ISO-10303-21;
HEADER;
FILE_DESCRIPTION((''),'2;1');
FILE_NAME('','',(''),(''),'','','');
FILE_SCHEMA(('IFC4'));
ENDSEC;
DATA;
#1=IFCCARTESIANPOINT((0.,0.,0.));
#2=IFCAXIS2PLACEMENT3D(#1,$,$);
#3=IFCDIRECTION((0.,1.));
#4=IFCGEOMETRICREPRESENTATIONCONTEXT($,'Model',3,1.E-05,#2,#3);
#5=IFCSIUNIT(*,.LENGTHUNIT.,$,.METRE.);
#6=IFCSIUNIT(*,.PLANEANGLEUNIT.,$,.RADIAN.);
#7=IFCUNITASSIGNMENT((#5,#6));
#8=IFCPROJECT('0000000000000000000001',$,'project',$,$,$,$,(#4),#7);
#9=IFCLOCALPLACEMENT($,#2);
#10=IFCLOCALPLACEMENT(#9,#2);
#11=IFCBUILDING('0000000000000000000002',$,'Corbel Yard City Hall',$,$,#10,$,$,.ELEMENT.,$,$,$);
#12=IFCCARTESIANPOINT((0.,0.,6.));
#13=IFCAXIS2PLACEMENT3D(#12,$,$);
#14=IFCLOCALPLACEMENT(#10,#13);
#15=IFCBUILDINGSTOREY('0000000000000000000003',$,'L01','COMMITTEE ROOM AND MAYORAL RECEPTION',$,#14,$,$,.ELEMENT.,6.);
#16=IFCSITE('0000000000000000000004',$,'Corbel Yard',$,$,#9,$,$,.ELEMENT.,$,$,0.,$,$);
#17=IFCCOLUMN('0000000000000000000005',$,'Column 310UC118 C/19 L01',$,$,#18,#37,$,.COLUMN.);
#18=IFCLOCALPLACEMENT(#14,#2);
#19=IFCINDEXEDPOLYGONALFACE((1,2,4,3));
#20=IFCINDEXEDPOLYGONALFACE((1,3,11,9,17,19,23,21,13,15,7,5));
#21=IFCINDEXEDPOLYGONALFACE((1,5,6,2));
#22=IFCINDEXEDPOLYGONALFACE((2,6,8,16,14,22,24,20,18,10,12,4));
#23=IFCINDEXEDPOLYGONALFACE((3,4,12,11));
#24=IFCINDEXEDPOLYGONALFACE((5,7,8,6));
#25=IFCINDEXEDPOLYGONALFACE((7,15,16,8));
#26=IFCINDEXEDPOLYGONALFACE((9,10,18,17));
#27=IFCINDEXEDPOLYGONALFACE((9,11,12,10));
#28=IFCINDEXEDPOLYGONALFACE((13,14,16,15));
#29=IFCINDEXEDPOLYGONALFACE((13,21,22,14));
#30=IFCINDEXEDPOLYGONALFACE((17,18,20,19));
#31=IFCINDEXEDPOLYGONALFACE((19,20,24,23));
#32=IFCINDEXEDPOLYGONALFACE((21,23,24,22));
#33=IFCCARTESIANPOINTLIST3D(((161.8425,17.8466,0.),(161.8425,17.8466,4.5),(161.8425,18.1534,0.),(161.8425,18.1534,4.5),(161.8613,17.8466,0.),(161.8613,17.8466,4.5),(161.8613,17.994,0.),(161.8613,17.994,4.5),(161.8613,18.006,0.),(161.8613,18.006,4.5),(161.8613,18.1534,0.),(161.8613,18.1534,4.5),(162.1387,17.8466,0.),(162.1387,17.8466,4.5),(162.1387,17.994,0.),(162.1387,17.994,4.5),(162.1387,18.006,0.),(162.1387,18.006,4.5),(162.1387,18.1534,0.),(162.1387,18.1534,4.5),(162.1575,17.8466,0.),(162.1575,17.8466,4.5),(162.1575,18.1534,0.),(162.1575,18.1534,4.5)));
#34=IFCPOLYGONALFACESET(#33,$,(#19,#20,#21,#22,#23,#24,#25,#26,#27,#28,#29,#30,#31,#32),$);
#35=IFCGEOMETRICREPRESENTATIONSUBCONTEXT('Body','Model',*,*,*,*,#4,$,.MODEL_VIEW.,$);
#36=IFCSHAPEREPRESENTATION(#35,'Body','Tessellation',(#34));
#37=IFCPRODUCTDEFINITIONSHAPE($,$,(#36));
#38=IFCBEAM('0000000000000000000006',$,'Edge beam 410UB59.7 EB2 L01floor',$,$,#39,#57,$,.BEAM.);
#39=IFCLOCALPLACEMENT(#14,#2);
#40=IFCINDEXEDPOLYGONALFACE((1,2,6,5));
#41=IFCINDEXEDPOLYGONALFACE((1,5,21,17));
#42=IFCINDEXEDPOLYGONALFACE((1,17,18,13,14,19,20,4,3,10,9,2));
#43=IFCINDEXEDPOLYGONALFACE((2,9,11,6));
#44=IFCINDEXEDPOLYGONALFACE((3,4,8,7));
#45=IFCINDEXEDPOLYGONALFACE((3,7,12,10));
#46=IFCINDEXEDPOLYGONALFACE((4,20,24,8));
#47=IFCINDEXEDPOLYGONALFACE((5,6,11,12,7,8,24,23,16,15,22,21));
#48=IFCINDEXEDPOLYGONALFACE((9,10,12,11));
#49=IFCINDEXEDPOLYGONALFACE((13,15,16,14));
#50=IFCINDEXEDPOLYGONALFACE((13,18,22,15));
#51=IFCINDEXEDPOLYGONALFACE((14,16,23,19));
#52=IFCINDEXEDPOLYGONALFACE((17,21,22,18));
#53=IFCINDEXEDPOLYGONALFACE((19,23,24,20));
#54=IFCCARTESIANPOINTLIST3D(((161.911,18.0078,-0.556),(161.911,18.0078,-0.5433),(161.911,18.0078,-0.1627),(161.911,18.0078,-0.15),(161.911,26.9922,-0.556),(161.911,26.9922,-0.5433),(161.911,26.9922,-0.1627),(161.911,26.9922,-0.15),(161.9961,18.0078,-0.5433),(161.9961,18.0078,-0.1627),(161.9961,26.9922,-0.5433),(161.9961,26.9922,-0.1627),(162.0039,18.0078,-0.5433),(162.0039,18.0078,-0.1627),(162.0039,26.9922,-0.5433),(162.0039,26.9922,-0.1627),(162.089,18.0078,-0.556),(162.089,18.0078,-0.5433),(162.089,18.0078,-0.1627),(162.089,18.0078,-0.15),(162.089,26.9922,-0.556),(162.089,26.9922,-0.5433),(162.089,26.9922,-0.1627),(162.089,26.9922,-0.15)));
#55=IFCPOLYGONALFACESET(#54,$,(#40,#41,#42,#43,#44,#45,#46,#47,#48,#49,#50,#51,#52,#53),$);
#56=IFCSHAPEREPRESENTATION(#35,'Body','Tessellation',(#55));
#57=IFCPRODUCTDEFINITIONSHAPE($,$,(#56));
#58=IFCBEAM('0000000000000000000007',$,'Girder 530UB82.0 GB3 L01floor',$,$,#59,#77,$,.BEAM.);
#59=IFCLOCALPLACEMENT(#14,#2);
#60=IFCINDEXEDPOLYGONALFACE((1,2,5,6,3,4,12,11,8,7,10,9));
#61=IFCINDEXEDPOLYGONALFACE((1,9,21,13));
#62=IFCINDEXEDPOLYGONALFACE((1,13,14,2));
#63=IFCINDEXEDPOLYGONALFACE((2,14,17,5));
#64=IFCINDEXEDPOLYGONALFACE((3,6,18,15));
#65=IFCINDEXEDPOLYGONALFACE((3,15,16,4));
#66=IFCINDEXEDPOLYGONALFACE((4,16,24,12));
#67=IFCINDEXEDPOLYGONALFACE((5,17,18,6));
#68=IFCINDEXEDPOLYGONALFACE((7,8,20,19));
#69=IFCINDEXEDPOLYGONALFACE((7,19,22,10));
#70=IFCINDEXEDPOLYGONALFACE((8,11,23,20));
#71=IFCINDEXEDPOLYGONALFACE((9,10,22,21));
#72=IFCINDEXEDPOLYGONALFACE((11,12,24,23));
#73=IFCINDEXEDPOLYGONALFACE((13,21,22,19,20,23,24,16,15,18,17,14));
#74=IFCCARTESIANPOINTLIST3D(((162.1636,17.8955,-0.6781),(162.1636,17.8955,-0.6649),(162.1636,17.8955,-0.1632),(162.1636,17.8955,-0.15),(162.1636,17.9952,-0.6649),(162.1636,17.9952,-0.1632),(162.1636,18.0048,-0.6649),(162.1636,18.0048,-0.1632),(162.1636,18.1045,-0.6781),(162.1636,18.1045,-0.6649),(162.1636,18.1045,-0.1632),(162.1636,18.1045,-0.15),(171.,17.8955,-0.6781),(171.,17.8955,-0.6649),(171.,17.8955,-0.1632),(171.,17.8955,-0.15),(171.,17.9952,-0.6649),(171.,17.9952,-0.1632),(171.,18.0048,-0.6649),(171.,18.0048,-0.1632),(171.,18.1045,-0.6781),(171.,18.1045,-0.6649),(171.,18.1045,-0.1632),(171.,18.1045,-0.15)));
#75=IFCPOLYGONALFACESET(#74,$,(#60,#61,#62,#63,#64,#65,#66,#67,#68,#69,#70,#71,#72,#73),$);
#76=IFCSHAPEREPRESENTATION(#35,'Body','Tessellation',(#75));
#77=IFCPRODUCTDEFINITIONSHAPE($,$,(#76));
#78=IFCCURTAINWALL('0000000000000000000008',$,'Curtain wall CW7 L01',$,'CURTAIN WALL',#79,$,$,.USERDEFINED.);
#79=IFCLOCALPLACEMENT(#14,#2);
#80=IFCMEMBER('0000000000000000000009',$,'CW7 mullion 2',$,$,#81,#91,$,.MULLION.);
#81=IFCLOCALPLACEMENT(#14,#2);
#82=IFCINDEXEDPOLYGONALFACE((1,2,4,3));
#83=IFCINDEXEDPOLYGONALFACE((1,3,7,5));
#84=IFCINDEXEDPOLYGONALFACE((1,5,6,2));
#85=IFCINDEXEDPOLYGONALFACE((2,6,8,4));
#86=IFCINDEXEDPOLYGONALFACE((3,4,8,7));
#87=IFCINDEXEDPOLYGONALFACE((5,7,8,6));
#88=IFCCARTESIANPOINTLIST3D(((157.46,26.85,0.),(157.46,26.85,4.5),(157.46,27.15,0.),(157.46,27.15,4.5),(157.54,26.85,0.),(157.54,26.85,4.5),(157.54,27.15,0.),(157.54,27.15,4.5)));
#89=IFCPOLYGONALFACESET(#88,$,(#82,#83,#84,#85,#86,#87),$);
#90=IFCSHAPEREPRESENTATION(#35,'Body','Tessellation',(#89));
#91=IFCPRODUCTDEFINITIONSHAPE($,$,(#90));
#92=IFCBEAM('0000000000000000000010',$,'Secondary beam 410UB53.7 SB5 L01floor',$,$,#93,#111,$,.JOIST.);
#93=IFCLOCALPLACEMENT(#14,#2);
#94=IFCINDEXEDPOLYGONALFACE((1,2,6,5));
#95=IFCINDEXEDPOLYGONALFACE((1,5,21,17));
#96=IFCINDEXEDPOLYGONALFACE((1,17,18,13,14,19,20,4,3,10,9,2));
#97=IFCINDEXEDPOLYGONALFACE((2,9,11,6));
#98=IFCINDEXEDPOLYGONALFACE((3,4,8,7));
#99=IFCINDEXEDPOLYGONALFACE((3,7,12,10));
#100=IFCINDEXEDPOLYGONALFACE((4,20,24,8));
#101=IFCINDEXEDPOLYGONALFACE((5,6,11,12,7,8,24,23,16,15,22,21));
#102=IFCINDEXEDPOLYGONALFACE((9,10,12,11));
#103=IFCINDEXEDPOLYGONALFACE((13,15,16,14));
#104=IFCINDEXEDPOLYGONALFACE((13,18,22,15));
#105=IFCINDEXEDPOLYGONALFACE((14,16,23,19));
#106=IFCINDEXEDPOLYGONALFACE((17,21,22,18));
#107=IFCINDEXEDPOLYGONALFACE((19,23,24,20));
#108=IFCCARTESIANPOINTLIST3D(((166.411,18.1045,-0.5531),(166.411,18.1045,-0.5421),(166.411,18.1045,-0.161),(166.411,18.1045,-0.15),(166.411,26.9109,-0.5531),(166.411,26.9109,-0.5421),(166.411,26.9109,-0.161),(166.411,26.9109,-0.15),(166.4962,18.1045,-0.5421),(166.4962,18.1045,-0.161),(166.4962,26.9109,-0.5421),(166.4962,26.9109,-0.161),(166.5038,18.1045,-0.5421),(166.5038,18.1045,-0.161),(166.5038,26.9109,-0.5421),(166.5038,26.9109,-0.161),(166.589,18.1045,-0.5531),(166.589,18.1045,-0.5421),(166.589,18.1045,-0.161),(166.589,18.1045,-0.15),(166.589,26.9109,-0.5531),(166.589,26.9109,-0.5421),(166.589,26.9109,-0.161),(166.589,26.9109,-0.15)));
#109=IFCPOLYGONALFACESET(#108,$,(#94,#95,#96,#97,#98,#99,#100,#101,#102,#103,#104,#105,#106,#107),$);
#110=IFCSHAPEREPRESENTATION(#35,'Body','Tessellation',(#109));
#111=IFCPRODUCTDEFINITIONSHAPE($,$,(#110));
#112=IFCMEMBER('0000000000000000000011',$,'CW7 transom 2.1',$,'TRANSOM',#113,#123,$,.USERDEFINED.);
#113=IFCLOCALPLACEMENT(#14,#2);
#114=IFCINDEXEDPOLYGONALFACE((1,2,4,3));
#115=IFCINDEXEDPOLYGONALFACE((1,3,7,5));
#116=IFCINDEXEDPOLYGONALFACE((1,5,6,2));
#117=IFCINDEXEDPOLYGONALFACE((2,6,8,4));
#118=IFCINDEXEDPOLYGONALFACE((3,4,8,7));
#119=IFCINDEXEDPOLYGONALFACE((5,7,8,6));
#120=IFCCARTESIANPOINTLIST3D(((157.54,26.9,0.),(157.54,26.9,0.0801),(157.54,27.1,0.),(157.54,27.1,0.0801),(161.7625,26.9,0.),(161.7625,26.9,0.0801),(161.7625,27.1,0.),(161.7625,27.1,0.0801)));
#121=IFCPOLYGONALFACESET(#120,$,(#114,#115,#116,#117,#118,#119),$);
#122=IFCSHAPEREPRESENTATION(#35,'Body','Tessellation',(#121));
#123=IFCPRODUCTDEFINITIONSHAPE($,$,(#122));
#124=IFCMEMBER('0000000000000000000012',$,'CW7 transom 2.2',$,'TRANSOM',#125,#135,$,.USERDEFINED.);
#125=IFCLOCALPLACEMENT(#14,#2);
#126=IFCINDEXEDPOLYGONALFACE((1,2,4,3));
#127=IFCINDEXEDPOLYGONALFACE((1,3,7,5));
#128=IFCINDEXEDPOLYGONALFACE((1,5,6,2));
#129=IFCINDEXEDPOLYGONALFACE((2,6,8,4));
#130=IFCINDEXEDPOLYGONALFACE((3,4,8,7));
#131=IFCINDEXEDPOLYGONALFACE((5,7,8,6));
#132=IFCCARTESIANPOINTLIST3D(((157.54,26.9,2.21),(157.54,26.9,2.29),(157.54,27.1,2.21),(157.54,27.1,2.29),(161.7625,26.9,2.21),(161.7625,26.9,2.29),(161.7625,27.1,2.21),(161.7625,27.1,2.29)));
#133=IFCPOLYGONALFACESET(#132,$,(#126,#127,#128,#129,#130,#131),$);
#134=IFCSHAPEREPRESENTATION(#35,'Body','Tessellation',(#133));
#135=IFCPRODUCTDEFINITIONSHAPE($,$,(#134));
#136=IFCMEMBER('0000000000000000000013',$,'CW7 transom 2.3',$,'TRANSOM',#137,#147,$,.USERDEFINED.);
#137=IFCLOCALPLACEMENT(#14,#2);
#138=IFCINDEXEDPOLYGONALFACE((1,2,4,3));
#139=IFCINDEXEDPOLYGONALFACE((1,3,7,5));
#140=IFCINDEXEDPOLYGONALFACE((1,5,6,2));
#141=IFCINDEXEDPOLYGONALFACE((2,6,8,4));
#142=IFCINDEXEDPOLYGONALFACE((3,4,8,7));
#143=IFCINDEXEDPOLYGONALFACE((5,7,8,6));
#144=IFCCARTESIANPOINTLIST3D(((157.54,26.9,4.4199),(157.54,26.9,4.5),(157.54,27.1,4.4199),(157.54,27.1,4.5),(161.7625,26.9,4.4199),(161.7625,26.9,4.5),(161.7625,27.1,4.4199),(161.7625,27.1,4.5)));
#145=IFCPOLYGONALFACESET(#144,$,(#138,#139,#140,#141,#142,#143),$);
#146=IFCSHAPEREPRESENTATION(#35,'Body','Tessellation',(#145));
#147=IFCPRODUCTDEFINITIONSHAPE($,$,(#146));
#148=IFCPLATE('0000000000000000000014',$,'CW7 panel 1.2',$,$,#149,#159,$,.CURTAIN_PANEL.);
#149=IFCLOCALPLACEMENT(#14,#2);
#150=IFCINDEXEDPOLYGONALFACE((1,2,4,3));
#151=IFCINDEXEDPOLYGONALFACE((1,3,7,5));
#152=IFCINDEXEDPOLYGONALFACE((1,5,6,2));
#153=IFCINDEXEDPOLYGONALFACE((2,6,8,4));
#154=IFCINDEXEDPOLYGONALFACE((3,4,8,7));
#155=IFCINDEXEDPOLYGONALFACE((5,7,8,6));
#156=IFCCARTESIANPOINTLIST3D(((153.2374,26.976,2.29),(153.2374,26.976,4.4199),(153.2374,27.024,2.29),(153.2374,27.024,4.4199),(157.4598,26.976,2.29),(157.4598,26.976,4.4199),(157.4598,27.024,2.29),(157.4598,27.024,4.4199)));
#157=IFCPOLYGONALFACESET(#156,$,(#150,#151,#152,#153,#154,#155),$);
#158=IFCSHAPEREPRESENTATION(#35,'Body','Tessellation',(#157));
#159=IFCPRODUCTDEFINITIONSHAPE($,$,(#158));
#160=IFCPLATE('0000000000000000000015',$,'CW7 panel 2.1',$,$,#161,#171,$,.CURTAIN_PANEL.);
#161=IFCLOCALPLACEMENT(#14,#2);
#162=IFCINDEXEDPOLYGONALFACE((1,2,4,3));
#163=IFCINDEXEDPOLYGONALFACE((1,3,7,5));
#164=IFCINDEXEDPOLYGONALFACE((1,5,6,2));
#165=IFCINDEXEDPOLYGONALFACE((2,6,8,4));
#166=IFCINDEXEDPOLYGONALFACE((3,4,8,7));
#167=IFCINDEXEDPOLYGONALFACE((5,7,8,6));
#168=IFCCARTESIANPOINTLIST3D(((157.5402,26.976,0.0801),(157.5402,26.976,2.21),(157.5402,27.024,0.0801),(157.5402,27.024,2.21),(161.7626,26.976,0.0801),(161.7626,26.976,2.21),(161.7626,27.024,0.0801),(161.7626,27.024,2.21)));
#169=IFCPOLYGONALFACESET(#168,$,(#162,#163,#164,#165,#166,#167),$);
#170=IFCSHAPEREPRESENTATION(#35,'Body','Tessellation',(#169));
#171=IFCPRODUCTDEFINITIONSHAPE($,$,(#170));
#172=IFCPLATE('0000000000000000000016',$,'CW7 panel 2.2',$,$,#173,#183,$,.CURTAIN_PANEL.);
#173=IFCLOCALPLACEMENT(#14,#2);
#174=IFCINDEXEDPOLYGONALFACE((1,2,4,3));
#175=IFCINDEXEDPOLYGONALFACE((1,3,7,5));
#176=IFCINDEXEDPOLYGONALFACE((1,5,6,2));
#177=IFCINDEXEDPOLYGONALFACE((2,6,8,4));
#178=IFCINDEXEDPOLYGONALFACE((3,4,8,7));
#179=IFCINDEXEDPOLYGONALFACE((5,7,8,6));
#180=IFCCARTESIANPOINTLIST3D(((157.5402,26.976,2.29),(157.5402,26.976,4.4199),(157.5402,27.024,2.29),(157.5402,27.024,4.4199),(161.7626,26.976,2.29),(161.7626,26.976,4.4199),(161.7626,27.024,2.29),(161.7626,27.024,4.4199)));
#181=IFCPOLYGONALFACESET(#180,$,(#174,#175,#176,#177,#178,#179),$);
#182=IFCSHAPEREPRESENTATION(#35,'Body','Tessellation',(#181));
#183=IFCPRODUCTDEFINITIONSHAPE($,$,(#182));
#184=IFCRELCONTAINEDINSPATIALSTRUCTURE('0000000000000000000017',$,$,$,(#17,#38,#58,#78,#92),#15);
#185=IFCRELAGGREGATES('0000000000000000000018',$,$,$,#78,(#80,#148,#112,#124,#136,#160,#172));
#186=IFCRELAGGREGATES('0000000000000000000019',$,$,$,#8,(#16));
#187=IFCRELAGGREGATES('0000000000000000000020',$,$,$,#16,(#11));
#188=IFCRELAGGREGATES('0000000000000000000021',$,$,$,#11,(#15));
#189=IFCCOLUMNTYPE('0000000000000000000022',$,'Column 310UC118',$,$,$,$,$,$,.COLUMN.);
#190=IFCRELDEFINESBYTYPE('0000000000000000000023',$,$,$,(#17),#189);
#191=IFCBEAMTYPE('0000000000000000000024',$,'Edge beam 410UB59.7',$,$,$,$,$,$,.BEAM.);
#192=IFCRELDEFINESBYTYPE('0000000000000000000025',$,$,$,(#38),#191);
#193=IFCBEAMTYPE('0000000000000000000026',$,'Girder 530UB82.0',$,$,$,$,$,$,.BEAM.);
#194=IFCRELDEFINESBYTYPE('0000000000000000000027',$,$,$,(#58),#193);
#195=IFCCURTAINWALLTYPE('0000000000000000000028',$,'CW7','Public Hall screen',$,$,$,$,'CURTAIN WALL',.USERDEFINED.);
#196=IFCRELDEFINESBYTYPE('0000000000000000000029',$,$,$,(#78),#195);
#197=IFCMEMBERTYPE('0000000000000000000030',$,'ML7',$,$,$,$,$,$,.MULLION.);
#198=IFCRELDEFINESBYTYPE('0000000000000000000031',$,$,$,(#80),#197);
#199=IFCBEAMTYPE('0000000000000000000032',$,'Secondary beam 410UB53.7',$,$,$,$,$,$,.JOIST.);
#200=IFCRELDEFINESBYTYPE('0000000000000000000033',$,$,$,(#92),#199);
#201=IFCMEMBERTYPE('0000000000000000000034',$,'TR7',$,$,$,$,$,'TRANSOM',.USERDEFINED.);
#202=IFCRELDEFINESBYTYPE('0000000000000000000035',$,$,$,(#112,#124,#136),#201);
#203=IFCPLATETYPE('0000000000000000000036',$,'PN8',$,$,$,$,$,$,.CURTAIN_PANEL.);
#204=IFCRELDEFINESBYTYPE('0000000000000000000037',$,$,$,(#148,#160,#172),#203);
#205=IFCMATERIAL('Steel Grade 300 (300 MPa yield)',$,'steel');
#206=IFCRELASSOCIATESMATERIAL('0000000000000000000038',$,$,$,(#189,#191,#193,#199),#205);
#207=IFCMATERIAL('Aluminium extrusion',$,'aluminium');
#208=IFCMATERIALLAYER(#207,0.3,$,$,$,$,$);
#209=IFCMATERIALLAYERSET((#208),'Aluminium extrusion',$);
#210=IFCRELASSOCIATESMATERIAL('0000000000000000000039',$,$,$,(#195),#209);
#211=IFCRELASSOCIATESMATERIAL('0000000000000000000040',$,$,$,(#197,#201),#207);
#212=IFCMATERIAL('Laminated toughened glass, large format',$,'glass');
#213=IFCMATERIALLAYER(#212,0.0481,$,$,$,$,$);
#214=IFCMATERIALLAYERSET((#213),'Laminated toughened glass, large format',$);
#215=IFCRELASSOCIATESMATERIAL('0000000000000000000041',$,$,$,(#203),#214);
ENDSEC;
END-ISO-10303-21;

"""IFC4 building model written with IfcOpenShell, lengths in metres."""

from ifc_helpers import new_model, si_unit, direction, frame, origin, origin_2d, place, context, subcontext, project, spatial, rectangle, i_section, extrude, material, layer, layer_set, material_profile, profile_set, type_object, element, aggregate, save


model = new_model("IFC4")

# Units and contexts
model_context = context("Model", 3, precision=1e-05, world=origin(), true_north=direction((0.0, 1.0)))
body_context = subcontext(model_context, "Body", "Model", "MODEL_VIEW")
ifc_project = project(units=[si_unit("LENGTHUNIT", "METRE"), si_unit("PLANEANGLEUNIT", "RADIAN")], contexts=[model_context])

# Site, building, storey
site_placement = place(None, origin())
site = spatial("IfcSite", under=ifc_project, at=site_placement, Name="Corbel Yard", CompositionType="ELEMENT", RefElevation=0.0)
building_placement = place(site_placement, origin())
building = spatial("IfcBuilding", under=site, at=building_placement, Name="Corbel Yard City Hall", CompositionType="ELEMENT")
storey_placement = place(building_placement, frame((0.0, 0.0, 6.0)))
storey = spatial("IfcBuildingStorey", under=building, at=storey_placement, Name="L01", Description="COMMITTEE ROOM AND MAYORAL RECEPTION", CompositionType="ELEMENT", Elevation=6.0)

# Column
ifc_material_1 = material(Name="Steel Grade 300 (300 MPa yield)", Category="steel")
ifc_material_profile_1 = material_profile(ifc_material_1, i_section(OverallWidth=0.3069, OverallDepth=0.3149, WebThickness=0.012, FlangeThickness=0.0188, at=origin_2d()), Name="310UC118")
ifc_profile_set_1 = profile_set([ifc_material_profile_1], Name="Steel Grade 300 (300 MPa yield)")
column_type = type_object("IfcColumnType", Name="Column 310UC118", PredefinedType="COLUMN", material=ifc_profile_set_1)
column_placement = place(storey_placement, frame((162.0, 18.0, 0.0), z_axis=(0.0, 0.0, 1.0), x_axis=(0.0, 1.0, 0.0)))
element("IfcColumn", 1, at=column_placement, inside=storey, type_object=column_type, Name="Column 310UC118 C/19 L01", PredefinedType="COLUMN", context=body_context, shape_type="SweptSolid", body=[
    extrude(i_section(OverallWidth=0.3069, OverallDepth=0.3149, WebThickness=0.012, FlangeThickness=0.0188, at=origin_2d()), origin(), (0.0, 0.0, 1.0), 4.5),
])

# Beams
ifc_material_profile_2 = material_profile(ifc_material_1, i_section(OverallWidth=0.178, OverallDepth=0.406, WebThickness=0.0078, FlangeThickness=0.0127, at=origin_2d()), Name="410UB59.7")
ifc_profile_set_2 = profile_set([ifc_material_profile_2], Name="Steel Grade 300 (300 MPa yield)")
beam_type_1 = type_object("IfcBeamType", Name="Edge beam 410UB59.7", PredefinedType="BEAM", material=ifc_profile_set_2)
beam_1_placement = place(storey_placement, frame((162.0, 18.0078, -0.353), z_axis=(0.0, 1.0, 0.0), x_axis=(-1.0, 0.0, 0.0)))
element("IfcBeam", 2, at=beam_1_placement, inside=storey, type_object=beam_type_1, Name="Edge beam 410UB59.7 EB2 L01floor", PredefinedType="BEAM", context=body_context, shape_type="SweptSolid", body=[
    extrude(i_section(OverallWidth=0.178, OverallDepth=0.406, WebThickness=0.0078, FlangeThickness=0.0127, at=origin_2d()), origin(), (0.0, 0.0, 1.0), 8.9844),
])
ifc_material_profile_3 = material_profile(ifc_material_1, i_section(OverallWidth=0.209, OverallDepth=0.5281, WebThickness=0.0095, FlangeThickness=0.0132, at=origin_2d()), Name="530UB82.0")
ifc_profile_set_3 = profile_set([ifc_material_profile_3], Name="Steel Grade 300 (300 MPa yield)")
beam_type_2 = type_object("IfcBeamType", Name="Girder 530UB82.0", PredefinedType="BEAM", material=ifc_profile_set_3)
beam_2_placement = place(storey_placement, frame((162.1636, 18.0, -0.4141), z_axis=(1.0, 0.0, 0.0), x_axis=(0.0, 1.0, 0.0)))
element("IfcBeam", 3, at=beam_2_placement, inside=storey, type_object=beam_type_2, Name="Girder 530UB82.0 GB3 L01floor", PredefinedType="BEAM", context=body_context, shape_type="SweptSolid", body=[
    extrude(i_section(OverallWidth=0.209, OverallDepth=0.5281, WebThickness=0.0095, FlangeThickness=0.0132, at=origin_2d()), origin(), (0.0, 0.0, 1.0), 8.8364),
])

# Curtain wall, member
ifc_material_2 = material(Name="Aluminium extrusion", Category="aluminium")
ifc_layer_1 = layer(ifc_material_2, 0.3)
ifc_layer_set_1 = layer_set([ifc_layer_1], Name="Aluminium extrusion")
curtain_wall_type = type_object("IfcCurtainWallType", Name="CW7", Description="Public Hall screen", ElementType="CURTAIN WALL", PredefinedType="USERDEFINED", material=ifc_layer_set_1)
curtain_wall_placement = place(storey_placement, origin())
curtain_wall = element("IfcCurtainWall", 4, at=curtain_wall_placement, inside=storey, type_object=curtain_wall_type, Name="Curtain wall CW7 L01", ObjectType="CURTAIN WALL", PredefinedType="USERDEFINED")
ifc_material_profile_4 = material_profile(ifc_material_2, rectangle(XDim=0.3, YDim=0.0801, at=origin_2d()), Name="300x80")
ifc_profile_set_4 = profile_set([ifc_material_profile_4], Name="Aluminium extrusion")
member_type_1 = type_object("IfcMemberType", Name="ML7", PredefinedType="MULLION", material=ifc_profile_set_4)
member_1_placement = place(storey_placement, frame((157.5, 27.0, 0.0), z_axis=(0.0, 0.0, 1.0), x_axis=(0.0, 1.0, 0.0)))
member_1 = element("IfcMember", 5, at=member_1_placement, type_object=member_type_1, Name="CW7 mullion 2", PredefinedType="MULLION", context=body_context, shape_type="SweptSolid", body=[
    extrude(rectangle(XDim=0.3, YDim=0.0801, at=origin_2d()), origin(), (0.0, 0.0, 1.0), 4.5),
])

# Beam
ifc_material_profile_5 = material_profile(ifc_material_1, i_section(OverallWidth=0.178, OverallDepth=0.4031, WebThickness=0.0076, FlangeThickness=0.011, at=origin_2d()), Name="410UB53.7")
ifc_profile_set_5 = profile_set([ifc_material_profile_5], Name="Steel Grade 300 (300 MPa yield)")
beam_type_3 = type_object("IfcBeamType", Name="Secondary beam 410UB53.7", PredefinedType="JOIST", material=ifc_profile_set_5)
beam_3_placement = place(storey_placement, frame((166.5, 18.1045, -0.3516), z_axis=(0.0, 1.0, 0.0), x_axis=(-1.0, 0.0, 0.0)))
element("IfcBeam", 6, at=beam_3_placement, inside=storey, type_object=beam_type_3, Name="Secondary beam 410UB53.7 SB5 L01floor", PredefinedType="JOIST", context=body_context, shape_type="SweptSolid", body=[
    extrude(i_section(OverallWidth=0.178, OverallDepth=0.4031, WebThickness=0.0076, FlangeThickness=0.011, at=origin_2d()), origin(), (0.0, 0.0, 1.0), 8.8064),
])

# Members
ifc_material_profile_6 = material_profile(ifc_material_2, rectangle(XDim=0.2, YDim=0.0801, at=origin_2d()), Name="200x80")
ifc_profile_set_6 = profile_set([ifc_material_profile_6], Name="Aluminium extrusion")
member_type_2 = type_object("IfcMemberType", Name="TR7", ElementType="TRANSOM", PredefinedType="USERDEFINED", material=ifc_profile_set_6)
member_2_placement = place(storey_placement, frame((157.54, 27.0, 0.04), z_axis=(1.0, 0.0, 0.0), x_axis=(0.0, 1.0, 0.0)))
member_2 = element("IfcMember", 7, at=member_2_placement, type_object=member_type_2, Name="CW7 transom 2.1", ObjectType="TRANSOM", PredefinedType="USERDEFINED", context=body_context, shape_type="SweptSolid", body=[
    extrude(rectangle(XDim=0.2, YDim=0.0801, at=origin_2d()), origin(), (0.0, 0.0, 1.0), 4.2224),
])
member_3_placement = place(storey_placement, frame((157.54, 27.0, 2.25), z_axis=(1.0, 0.0, 0.0), x_axis=(0.0, 1.0, 0.0)))
member_3 = element("IfcMember", 8, at=member_3_placement, type_object=member_type_2, Name="CW7 transom 2.2", ObjectType="TRANSOM", PredefinedType="USERDEFINED", context=body_context, shape_type="SweptSolid", body=[
    extrude(rectangle(XDim=0.2, YDim=0.0801, at=origin_2d()), origin(), (0.0, 0.0, 1.0), 4.2224),
])
member_4_placement = place(storey_placement, frame((157.54, 27.0, 4.46), z_axis=(1.0, 0.0, 0.0), x_axis=(0.0, 1.0, 0.0)))
member_4 = element("IfcMember", 9, at=member_4_placement, type_object=member_type_2, Name="CW7 transom 2.3", ObjectType="TRANSOM", PredefinedType="USERDEFINED", context=body_context, shape_type="SweptSolid", body=[
    extrude(rectangle(XDim=0.2, YDim=0.0801, at=origin_2d()), origin(), (0.0, 0.0, 1.0), 4.2224),
])

# Plates
ifc_material_3 = material(Name="Laminated toughened glass, large format", Category="glass")
ifc_layer_2 = layer(ifc_material_3, 0.0481)
ifc_layer_set_2 = layer_set([ifc_layer_2], Name="Laminated toughened glass, large format")
plate_type = type_object("IfcPlateType", Name="PN8", PredefinedType="CURTAIN_PANEL", material=ifc_layer_set_2)
plate_1_placement = place(storey_placement, frame((155.3486, 27.0, 2.29), z_axis=(0.0, 0.0, 1.0), x_axis=(1.0, 0.0, 0.0)))
plate_1 = element("IfcPlate", 10, at=plate_1_placement, type_object=plate_type, Name="CW7 panel 1.2", PredefinedType="CURTAIN_PANEL", context=body_context, shape_type="SweptSolid", body=[
    extrude(rectangle(XDim=4.2224, YDim=0.0481, at=origin_2d()), origin(), (0.0, 0.0, 1.0), 2.1299),
])
plate_2_placement = place(storey_placement, frame((159.6514, 27.0, 0.0801), z_axis=(0.0, 0.0, 1.0), x_axis=(1.0, 0.0, 0.0)))
plate_2 = element("IfcPlate", 11, at=plate_2_placement, type_object=plate_type, Name="CW7 panel 2.1", PredefinedType="CURTAIN_PANEL", context=body_context, shape_type="SweptSolid", body=[
    extrude(rectangle(XDim=4.2224, YDim=0.0481, at=origin_2d()), origin(), (0.0, 0.0, 1.0), 2.1299),
])
plate_3_placement = place(storey_placement, frame((159.6514, 27.0, 2.29), z_axis=(0.0, 0.0, 1.0), x_axis=(1.0, 0.0, 0.0)))
plate_3 = element("IfcPlate", 12, at=plate_3_placement, type_object=plate_type, Name="CW7 panel 2.2", PredefinedType="CURTAIN_PANEL", context=body_context, shape_type="SweptSolid", body=[
    extrude(rectangle(XDim=4.2224, YDim=0.0481, at=origin_2d()), origin(), (0.0, 0.0, 1.0), 2.1299),
])
aggregate(curtain_wall, [member_1, plate_1, member_2, member_3, member_4, plate_2, plate_3])

save(model, "model.ifc")
